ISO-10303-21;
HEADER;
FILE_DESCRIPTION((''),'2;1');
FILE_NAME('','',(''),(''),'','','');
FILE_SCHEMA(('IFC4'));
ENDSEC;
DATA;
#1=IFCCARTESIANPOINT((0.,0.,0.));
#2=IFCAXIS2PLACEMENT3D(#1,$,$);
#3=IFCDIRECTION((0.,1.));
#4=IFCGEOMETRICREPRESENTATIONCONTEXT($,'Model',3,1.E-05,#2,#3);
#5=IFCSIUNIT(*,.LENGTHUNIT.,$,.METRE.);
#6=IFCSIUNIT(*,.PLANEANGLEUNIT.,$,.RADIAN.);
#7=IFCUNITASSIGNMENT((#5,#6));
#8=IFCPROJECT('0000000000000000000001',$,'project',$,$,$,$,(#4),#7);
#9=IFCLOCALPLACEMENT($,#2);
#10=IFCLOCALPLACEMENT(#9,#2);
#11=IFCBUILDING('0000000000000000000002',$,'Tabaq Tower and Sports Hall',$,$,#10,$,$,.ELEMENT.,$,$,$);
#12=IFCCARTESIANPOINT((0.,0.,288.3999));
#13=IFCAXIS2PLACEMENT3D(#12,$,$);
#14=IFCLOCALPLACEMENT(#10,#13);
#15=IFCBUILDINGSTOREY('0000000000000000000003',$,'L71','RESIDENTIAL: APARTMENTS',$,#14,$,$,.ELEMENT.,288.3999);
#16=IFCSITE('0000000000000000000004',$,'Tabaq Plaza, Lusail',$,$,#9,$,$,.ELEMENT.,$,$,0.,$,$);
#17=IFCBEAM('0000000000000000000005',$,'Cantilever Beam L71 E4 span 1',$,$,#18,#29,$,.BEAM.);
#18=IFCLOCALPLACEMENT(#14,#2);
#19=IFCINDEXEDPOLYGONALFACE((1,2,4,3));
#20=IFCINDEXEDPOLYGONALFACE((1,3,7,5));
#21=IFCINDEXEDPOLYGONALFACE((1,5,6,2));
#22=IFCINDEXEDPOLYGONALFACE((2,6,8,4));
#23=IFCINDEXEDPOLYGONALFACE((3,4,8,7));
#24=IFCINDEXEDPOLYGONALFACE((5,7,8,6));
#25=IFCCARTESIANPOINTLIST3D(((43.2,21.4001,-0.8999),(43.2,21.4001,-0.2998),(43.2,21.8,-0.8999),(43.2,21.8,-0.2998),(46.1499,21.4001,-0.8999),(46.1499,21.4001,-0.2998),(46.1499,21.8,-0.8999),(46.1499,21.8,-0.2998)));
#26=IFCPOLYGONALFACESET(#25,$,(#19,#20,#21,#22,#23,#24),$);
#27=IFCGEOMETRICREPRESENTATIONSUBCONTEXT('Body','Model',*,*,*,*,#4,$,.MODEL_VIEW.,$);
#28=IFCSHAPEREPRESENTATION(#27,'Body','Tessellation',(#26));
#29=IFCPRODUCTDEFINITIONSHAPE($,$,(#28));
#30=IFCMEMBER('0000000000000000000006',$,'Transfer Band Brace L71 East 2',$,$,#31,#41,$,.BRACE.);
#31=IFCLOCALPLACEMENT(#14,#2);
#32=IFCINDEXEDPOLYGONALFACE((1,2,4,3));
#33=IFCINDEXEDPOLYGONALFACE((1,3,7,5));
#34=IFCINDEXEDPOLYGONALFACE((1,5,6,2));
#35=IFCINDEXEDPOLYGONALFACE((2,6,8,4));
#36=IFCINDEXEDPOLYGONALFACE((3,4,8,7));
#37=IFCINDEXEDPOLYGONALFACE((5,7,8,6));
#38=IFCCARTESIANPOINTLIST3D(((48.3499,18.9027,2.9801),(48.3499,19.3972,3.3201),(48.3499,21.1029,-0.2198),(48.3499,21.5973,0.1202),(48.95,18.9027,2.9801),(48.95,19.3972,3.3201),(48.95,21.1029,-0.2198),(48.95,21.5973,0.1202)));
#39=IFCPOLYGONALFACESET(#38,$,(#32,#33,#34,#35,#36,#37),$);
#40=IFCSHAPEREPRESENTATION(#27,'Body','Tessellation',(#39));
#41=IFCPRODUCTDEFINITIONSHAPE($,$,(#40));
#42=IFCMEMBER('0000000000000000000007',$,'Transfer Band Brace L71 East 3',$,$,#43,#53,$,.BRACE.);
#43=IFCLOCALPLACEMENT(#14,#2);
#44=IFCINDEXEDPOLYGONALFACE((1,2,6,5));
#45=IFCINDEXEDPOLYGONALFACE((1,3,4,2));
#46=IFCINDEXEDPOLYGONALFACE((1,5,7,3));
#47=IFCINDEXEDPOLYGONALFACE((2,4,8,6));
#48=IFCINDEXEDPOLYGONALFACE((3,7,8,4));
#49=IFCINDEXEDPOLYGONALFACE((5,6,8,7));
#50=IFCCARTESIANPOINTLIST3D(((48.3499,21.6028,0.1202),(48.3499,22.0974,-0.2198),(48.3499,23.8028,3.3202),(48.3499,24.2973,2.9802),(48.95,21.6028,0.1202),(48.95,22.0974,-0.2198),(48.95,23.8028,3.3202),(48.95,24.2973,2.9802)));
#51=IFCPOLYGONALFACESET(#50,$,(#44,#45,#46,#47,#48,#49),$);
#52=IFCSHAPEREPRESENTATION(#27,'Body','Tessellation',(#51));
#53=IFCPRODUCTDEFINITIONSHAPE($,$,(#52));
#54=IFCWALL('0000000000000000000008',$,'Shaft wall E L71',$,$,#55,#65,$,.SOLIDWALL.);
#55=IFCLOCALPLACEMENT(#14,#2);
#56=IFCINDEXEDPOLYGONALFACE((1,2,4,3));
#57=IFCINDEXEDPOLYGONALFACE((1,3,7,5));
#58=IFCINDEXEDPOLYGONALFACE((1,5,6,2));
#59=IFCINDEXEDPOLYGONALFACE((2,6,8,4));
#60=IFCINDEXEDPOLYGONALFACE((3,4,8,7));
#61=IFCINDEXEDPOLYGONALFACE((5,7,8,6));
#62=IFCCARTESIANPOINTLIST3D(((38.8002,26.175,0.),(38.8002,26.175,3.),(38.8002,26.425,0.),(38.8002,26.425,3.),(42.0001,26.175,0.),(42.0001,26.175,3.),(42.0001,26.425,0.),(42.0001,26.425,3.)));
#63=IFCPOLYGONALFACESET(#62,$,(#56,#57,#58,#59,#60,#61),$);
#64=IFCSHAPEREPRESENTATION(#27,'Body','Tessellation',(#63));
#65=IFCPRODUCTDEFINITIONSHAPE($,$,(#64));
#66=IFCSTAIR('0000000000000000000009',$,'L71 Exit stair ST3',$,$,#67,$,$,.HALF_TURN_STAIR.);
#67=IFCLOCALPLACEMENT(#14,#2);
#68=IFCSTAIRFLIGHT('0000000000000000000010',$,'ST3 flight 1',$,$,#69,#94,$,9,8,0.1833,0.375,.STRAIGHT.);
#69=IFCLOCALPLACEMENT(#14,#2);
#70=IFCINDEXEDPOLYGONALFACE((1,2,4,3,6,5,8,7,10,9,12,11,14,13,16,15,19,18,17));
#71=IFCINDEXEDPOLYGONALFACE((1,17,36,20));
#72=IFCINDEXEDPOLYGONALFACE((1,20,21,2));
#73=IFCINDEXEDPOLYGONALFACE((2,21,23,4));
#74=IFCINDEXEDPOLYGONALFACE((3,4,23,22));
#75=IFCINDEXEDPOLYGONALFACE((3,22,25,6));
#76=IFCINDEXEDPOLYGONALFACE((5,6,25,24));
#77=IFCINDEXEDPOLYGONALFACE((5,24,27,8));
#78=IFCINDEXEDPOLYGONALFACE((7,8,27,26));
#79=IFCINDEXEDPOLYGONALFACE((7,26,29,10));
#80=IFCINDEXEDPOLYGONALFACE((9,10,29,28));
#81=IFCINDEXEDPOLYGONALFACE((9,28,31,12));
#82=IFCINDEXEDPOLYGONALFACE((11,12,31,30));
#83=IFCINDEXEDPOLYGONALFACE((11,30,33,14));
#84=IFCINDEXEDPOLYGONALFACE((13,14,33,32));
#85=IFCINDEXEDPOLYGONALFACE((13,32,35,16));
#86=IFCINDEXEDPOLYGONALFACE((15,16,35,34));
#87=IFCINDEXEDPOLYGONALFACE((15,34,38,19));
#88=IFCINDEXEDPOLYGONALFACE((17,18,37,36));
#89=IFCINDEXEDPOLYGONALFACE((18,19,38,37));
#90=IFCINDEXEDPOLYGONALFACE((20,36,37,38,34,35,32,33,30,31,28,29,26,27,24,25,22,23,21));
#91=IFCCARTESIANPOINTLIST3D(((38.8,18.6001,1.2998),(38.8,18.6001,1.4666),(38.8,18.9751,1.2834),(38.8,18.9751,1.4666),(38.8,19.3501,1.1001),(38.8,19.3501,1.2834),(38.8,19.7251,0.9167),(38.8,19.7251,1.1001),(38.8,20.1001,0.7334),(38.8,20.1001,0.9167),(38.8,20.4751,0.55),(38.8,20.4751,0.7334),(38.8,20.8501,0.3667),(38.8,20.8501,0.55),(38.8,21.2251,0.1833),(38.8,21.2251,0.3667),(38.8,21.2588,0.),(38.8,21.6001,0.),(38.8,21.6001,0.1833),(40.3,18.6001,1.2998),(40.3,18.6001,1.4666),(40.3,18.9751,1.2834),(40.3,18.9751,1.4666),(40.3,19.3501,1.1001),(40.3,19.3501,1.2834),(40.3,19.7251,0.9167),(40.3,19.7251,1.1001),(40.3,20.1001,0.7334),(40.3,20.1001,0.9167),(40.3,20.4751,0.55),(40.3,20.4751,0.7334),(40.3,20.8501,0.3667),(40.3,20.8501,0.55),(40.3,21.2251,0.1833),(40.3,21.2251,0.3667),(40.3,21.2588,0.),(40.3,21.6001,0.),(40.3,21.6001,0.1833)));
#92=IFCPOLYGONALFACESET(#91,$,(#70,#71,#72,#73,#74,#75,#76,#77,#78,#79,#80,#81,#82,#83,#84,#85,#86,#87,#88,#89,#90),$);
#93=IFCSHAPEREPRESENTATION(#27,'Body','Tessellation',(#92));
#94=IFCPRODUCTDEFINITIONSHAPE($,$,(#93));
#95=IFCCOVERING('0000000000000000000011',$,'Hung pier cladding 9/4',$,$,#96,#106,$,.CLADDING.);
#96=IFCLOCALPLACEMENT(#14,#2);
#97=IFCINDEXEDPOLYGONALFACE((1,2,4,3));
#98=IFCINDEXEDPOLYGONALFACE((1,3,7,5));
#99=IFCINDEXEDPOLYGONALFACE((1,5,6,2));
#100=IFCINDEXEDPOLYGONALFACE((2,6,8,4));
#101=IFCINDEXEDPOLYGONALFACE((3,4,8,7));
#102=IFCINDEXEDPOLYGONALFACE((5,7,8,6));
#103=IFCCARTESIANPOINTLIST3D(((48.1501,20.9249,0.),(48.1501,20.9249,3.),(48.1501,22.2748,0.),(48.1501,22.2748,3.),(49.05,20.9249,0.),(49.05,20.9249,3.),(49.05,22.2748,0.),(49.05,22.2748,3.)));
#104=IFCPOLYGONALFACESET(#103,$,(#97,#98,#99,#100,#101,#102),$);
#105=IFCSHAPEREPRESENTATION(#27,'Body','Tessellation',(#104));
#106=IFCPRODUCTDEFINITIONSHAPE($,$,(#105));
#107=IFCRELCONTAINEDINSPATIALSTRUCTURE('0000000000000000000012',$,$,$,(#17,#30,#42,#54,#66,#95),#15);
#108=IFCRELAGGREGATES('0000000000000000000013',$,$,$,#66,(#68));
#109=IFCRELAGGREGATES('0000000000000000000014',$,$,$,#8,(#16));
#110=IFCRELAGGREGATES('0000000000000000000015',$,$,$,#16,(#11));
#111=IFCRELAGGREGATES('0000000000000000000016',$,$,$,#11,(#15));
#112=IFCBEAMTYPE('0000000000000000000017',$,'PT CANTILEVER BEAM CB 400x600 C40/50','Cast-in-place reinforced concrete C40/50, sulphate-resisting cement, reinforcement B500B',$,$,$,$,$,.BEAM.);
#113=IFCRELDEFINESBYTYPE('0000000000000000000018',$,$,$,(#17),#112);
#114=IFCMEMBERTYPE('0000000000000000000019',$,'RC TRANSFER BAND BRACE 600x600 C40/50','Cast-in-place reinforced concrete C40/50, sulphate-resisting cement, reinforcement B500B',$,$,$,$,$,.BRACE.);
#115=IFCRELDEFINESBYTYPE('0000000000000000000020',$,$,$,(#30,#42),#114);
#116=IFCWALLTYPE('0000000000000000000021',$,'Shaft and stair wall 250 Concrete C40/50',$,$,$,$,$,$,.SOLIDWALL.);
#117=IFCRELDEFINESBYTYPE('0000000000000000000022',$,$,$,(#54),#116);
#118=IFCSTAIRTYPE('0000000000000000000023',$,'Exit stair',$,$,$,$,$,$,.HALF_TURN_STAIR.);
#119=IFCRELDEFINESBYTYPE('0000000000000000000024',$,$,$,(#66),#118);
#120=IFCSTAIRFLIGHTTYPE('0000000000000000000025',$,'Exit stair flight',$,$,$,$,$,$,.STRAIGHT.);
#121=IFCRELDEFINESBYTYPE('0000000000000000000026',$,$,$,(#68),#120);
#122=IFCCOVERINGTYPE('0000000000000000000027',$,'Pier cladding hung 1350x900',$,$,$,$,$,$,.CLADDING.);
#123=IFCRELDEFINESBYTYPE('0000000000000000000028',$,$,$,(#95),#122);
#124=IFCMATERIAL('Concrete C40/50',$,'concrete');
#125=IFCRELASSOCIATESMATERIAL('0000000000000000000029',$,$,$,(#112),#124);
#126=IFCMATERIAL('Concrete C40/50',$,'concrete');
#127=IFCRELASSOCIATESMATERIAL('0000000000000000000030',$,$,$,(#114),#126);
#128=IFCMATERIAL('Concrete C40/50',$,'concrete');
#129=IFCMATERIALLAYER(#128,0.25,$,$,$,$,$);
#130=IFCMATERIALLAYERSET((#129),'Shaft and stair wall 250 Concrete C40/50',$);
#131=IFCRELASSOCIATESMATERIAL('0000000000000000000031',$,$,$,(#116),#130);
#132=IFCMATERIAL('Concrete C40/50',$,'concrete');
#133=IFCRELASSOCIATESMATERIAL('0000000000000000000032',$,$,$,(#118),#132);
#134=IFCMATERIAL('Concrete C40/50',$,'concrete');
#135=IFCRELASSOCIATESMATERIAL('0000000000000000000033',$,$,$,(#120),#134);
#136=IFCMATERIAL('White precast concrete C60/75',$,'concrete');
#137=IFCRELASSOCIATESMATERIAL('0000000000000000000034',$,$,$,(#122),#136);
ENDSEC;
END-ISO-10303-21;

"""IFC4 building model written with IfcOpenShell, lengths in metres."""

from ifc_helpers import new_model, si_unit, direction, frame, frame_2d, origin, origin_2d, place, context, subcontext, project, spatial, polyline, rectangle, outline, extrude, material, layer, layer_set, material_profile, profile_set, type_object, element, aggregate, save


model = new_model("IFC4")

# Units and contexts
model_context = context("Model", 3, precision=1e-05, world=origin(), true_north=direction((0.0, 1.0)))
body_context = subcontext(model_context, "Body", "Model", "MODEL_VIEW")
ifc_project = project(units=[si_unit("LENGTHUNIT", "METRE"), si_unit("PLANEANGLEUNIT", "RADIAN")], contexts=[model_context])

# Site, building, storey
site_placement = place(None, origin())
site = spatial("IfcSite", under=ifc_project, at=site_placement, Name="Tabaq Plaza, Lusail", CompositionType="ELEMENT", RefElevation=0.0)
building_placement = place(site_placement, origin())
building = spatial("IfcBuilding", under=site, at=building_placement, Name="Tabaq Tower and Sports Hall", CompositionType="ELEMENT")
storey_placement = place(building_placement, frame((0.0, 0.0, 288.3999)))
storey = spatial("IfcBuildingStorey", under=building, at=storey_placement, Name="L71", Description="RESIDENTIAL: APARTMENTS", CompositionType="ELEMENT", Elevation=288.3999)

# Beam
ifc_material_1 = material(Name="Concrete C40/50", Category="concrete")
ifc_material_profile_1 = material_profile(ifc_material_1, rectangle(XDim=0.3999, YDim=0.6001, at=origin_2d()), Name="CB 400x600")
ifc_profile_set_1 = profile_set([ifc_material_profile_1], Name="Concrete C40/50")
beam_type = type_object("IfcBeamType", Name="PT CANTILEVER BEAM CB 400x600 C40/50", Description="Cast-in-place reinforced concrete C40/50, sulphate-resisting cement, reinforcement B500B", PredefinedType="BEAM", material=ifc_profile_set_1)
beam_placement = place(storey_placement, frame((46.1499, 21.6001, -0.5999), z_axis=(-1.0, 0.0, 0.0), x_axis=(0.0, -1.0, 0.0)))
element("IfcBeam", 1, at=beam_placement, inside=storey, type_object=beam_type, Name="Cantilever Beam L71 E4 span 1", PredefinedType="BEAM", context=body_context, shape_type="SweptSolid", body=[
    extrude(rectangle(XDim=0.3999, YDim=0.6001, at=origin_2d()), origin(), (0.0, 0.0, 1.0), 2.95),
])

# Members
ifc_material_2 = material(Name="Concrete C40/50", Category="concrete")
ifc_material_profile_2 = material_profile(ifc_material_2, rectangle(XDim=0.6001, YDim=0.6001, at=origin_2d()), Name="TRANSFER BAND BRACE 600x600")
ifc_profile_set_2 = profile_set([ifc_material_profile_2], Name="Concrete C40/50")
member_type = type_object("IfcMemberType", Name="RC TRANSFER BAND BRACE 600x600 C40/50", Description="Cast-in-place reinforced concrete C40/50, sulphate-resisting cement, reinforcement B500B", PredefinedType="BRACE", material=ifc_profile_set_2)
for number, where, z_axis, x_axis, name in (
    (2, (48.6499, 21.3501, -0.0498), (0.0, -0.566569, 0.824014), (1.0, 0.0, 0.0), "Transfer Band Brace L71 East 2"),
    (3, (48.6499, 21.8501, -0.0498), (0.0, 0.566526, 0.824044), (-1.0, 0.0, 0.0), "Transfer Band Brace L71 East 3"),
):
    element("IfcMember", number, at=place(storey_placement, frame(where, z_axis=z_axis, x_axis=x_axis)), inside=storey, type_object=member_type, Name=name, PredefinedType="BRACE", context=body_context, shape_type="SweptSolid", body=[
        extrude(rectangle(XDim=0.6001, YDim=0.6001, at=origin_2d()), origin(), (0.0, 0.0, 1.0), 3.8833),
    ])

# Wall
ifc_material_3 = material(Name="Concrete C40/50", Category="concrete")
ifc_layer_1 = layer(ifc_material_3, 0.25)
ifc_layer_set_1 = layer_set([ifc_layer_1], Name="Shaft and stair wall 250 Concrete C40/50")
wall_type = type_object("IfcWallType", Name="Shaft and stair wall 250 Concrete C40/50", PredefinedType="SOLIDWALL", material=ifc_layer_set_1)
wall_placement = place(storey_placement, frame((38.8, 26.3, 0.0), z_axis=(0.0, 0.0, 1.0), x_axis=(1.0, 0.0, 0.0)))
element("IfcWall", 4, at=wall_placement, inside=storey, type_object=wall_type, Name="Shaft wall E L71", PredefinedType="SOLIDWALL", context=body_context, shape_type="SweptSolid", body=[
    extrude(rectangle(XDim=3.2, YDim=0.25, at=frame_2d((1.6001, 0.0))), origin(), (0.0, 0.0, 1.0), 3.0),
])

# Stair, stair flight
ifc_material_4 = material(Name="Concrete C40/50", Category="concrete")
stair_type = type_object("IfcStairType", Name="Exit stair", PredefinedType="HALF_TURN_STAIR", material=ifc_material_4)
stair_placement = place(storey_placement, origin())
stair = element("IfcStair", 5, at=stair_placement, inside=storey, type_object=stair_type, Name="L71 Exit stair ST3", PredefinedType="HALF_TURN_STAIR")
ifc_material_5 = material(Name="Concrete C40/50", Category="concrete")
stair_flight_type = type_object("IfcStairFlightType", Name="Exit stair flight", PredefinedType="STRAIGHT", material=ifc_material_5)
stair_flight_placement = place(storey_placement, frame((39.55, 21.6001, 0.0), z_axis=(0.0, 0.0, 1.0), x_axis=(0.0, -1.0, 0.0)))
stair_flight = element("IfcStairFlight", 6, at=stair_flight_placement, type_object=stair_flight_type, Name="ST3 flight 1", NumberOfRisers=9, NumberOfTreads=8, PredefinedType="STRAIGHT", RiserHeight=0.1833, TreadLength=0.375, context=body_context, shape_type="SweptSolid", body=[
    extrude(outline(polyline([(0.0, 0.0), (0.0, 0.1833), (0.375, 0.1833), (0.375, 0.3667), (0.75, 0.3667), (0.75, 0.55), (1.125, 0.55), (1.125, 0.7334), (1.5, 0.7334), (1.5, 0.9167), (1.875, 0.9167), (1.875, 1.1001), (2.25, 1.1001), (2.25, 1.2834), (2.625, 1.2834), (2.625, 1.4666), (3.0, 1.4666), (3.0, 1.6499), (3.0, 1.2998), (0.3413, 0.0), (0.0, 0.0)])), frame((0.0, 0.75, 0.0), z_axis=(0.0, -1.0, 0.0), x_axis=(1.0, 0.0, 0.0)), (0.0, 0.0, 1.0), 1.5),
])
aggregate(stair, [stair_flight])

# Covering
ifc_material_6 = material(Name="White precast concrete C60/75", Category="concrete")
covering_type_1 = type_object("IfcCoveringType", Name="Pier cladding hung 1350x900", PredefinedType="CLADDING", material=ifc_material_6)
covering_1_placement = place(storey_placement, frame((48.6001, 20.925, 0.0), z_axis=(0.0, 0.0, 1.0), x_axis=(0.0, 1.0, 0.0)))
element("IfcCovering", 7, at=covering_1_placement, inside=storey, type_object=covering_type_1, Name="Hung pier cladding 9/4", PredefinedType="CLADDING", context=body_context, shape_type="SweptSolid", body=[
    extrude(rectangle(XDim=1.3499, YDim=0.8999, at=frame_2d((0.6748, 0.0))), origin(), (0.0, 0.0, 1.0), 3.0),
])

save(model, "model.ifc")
